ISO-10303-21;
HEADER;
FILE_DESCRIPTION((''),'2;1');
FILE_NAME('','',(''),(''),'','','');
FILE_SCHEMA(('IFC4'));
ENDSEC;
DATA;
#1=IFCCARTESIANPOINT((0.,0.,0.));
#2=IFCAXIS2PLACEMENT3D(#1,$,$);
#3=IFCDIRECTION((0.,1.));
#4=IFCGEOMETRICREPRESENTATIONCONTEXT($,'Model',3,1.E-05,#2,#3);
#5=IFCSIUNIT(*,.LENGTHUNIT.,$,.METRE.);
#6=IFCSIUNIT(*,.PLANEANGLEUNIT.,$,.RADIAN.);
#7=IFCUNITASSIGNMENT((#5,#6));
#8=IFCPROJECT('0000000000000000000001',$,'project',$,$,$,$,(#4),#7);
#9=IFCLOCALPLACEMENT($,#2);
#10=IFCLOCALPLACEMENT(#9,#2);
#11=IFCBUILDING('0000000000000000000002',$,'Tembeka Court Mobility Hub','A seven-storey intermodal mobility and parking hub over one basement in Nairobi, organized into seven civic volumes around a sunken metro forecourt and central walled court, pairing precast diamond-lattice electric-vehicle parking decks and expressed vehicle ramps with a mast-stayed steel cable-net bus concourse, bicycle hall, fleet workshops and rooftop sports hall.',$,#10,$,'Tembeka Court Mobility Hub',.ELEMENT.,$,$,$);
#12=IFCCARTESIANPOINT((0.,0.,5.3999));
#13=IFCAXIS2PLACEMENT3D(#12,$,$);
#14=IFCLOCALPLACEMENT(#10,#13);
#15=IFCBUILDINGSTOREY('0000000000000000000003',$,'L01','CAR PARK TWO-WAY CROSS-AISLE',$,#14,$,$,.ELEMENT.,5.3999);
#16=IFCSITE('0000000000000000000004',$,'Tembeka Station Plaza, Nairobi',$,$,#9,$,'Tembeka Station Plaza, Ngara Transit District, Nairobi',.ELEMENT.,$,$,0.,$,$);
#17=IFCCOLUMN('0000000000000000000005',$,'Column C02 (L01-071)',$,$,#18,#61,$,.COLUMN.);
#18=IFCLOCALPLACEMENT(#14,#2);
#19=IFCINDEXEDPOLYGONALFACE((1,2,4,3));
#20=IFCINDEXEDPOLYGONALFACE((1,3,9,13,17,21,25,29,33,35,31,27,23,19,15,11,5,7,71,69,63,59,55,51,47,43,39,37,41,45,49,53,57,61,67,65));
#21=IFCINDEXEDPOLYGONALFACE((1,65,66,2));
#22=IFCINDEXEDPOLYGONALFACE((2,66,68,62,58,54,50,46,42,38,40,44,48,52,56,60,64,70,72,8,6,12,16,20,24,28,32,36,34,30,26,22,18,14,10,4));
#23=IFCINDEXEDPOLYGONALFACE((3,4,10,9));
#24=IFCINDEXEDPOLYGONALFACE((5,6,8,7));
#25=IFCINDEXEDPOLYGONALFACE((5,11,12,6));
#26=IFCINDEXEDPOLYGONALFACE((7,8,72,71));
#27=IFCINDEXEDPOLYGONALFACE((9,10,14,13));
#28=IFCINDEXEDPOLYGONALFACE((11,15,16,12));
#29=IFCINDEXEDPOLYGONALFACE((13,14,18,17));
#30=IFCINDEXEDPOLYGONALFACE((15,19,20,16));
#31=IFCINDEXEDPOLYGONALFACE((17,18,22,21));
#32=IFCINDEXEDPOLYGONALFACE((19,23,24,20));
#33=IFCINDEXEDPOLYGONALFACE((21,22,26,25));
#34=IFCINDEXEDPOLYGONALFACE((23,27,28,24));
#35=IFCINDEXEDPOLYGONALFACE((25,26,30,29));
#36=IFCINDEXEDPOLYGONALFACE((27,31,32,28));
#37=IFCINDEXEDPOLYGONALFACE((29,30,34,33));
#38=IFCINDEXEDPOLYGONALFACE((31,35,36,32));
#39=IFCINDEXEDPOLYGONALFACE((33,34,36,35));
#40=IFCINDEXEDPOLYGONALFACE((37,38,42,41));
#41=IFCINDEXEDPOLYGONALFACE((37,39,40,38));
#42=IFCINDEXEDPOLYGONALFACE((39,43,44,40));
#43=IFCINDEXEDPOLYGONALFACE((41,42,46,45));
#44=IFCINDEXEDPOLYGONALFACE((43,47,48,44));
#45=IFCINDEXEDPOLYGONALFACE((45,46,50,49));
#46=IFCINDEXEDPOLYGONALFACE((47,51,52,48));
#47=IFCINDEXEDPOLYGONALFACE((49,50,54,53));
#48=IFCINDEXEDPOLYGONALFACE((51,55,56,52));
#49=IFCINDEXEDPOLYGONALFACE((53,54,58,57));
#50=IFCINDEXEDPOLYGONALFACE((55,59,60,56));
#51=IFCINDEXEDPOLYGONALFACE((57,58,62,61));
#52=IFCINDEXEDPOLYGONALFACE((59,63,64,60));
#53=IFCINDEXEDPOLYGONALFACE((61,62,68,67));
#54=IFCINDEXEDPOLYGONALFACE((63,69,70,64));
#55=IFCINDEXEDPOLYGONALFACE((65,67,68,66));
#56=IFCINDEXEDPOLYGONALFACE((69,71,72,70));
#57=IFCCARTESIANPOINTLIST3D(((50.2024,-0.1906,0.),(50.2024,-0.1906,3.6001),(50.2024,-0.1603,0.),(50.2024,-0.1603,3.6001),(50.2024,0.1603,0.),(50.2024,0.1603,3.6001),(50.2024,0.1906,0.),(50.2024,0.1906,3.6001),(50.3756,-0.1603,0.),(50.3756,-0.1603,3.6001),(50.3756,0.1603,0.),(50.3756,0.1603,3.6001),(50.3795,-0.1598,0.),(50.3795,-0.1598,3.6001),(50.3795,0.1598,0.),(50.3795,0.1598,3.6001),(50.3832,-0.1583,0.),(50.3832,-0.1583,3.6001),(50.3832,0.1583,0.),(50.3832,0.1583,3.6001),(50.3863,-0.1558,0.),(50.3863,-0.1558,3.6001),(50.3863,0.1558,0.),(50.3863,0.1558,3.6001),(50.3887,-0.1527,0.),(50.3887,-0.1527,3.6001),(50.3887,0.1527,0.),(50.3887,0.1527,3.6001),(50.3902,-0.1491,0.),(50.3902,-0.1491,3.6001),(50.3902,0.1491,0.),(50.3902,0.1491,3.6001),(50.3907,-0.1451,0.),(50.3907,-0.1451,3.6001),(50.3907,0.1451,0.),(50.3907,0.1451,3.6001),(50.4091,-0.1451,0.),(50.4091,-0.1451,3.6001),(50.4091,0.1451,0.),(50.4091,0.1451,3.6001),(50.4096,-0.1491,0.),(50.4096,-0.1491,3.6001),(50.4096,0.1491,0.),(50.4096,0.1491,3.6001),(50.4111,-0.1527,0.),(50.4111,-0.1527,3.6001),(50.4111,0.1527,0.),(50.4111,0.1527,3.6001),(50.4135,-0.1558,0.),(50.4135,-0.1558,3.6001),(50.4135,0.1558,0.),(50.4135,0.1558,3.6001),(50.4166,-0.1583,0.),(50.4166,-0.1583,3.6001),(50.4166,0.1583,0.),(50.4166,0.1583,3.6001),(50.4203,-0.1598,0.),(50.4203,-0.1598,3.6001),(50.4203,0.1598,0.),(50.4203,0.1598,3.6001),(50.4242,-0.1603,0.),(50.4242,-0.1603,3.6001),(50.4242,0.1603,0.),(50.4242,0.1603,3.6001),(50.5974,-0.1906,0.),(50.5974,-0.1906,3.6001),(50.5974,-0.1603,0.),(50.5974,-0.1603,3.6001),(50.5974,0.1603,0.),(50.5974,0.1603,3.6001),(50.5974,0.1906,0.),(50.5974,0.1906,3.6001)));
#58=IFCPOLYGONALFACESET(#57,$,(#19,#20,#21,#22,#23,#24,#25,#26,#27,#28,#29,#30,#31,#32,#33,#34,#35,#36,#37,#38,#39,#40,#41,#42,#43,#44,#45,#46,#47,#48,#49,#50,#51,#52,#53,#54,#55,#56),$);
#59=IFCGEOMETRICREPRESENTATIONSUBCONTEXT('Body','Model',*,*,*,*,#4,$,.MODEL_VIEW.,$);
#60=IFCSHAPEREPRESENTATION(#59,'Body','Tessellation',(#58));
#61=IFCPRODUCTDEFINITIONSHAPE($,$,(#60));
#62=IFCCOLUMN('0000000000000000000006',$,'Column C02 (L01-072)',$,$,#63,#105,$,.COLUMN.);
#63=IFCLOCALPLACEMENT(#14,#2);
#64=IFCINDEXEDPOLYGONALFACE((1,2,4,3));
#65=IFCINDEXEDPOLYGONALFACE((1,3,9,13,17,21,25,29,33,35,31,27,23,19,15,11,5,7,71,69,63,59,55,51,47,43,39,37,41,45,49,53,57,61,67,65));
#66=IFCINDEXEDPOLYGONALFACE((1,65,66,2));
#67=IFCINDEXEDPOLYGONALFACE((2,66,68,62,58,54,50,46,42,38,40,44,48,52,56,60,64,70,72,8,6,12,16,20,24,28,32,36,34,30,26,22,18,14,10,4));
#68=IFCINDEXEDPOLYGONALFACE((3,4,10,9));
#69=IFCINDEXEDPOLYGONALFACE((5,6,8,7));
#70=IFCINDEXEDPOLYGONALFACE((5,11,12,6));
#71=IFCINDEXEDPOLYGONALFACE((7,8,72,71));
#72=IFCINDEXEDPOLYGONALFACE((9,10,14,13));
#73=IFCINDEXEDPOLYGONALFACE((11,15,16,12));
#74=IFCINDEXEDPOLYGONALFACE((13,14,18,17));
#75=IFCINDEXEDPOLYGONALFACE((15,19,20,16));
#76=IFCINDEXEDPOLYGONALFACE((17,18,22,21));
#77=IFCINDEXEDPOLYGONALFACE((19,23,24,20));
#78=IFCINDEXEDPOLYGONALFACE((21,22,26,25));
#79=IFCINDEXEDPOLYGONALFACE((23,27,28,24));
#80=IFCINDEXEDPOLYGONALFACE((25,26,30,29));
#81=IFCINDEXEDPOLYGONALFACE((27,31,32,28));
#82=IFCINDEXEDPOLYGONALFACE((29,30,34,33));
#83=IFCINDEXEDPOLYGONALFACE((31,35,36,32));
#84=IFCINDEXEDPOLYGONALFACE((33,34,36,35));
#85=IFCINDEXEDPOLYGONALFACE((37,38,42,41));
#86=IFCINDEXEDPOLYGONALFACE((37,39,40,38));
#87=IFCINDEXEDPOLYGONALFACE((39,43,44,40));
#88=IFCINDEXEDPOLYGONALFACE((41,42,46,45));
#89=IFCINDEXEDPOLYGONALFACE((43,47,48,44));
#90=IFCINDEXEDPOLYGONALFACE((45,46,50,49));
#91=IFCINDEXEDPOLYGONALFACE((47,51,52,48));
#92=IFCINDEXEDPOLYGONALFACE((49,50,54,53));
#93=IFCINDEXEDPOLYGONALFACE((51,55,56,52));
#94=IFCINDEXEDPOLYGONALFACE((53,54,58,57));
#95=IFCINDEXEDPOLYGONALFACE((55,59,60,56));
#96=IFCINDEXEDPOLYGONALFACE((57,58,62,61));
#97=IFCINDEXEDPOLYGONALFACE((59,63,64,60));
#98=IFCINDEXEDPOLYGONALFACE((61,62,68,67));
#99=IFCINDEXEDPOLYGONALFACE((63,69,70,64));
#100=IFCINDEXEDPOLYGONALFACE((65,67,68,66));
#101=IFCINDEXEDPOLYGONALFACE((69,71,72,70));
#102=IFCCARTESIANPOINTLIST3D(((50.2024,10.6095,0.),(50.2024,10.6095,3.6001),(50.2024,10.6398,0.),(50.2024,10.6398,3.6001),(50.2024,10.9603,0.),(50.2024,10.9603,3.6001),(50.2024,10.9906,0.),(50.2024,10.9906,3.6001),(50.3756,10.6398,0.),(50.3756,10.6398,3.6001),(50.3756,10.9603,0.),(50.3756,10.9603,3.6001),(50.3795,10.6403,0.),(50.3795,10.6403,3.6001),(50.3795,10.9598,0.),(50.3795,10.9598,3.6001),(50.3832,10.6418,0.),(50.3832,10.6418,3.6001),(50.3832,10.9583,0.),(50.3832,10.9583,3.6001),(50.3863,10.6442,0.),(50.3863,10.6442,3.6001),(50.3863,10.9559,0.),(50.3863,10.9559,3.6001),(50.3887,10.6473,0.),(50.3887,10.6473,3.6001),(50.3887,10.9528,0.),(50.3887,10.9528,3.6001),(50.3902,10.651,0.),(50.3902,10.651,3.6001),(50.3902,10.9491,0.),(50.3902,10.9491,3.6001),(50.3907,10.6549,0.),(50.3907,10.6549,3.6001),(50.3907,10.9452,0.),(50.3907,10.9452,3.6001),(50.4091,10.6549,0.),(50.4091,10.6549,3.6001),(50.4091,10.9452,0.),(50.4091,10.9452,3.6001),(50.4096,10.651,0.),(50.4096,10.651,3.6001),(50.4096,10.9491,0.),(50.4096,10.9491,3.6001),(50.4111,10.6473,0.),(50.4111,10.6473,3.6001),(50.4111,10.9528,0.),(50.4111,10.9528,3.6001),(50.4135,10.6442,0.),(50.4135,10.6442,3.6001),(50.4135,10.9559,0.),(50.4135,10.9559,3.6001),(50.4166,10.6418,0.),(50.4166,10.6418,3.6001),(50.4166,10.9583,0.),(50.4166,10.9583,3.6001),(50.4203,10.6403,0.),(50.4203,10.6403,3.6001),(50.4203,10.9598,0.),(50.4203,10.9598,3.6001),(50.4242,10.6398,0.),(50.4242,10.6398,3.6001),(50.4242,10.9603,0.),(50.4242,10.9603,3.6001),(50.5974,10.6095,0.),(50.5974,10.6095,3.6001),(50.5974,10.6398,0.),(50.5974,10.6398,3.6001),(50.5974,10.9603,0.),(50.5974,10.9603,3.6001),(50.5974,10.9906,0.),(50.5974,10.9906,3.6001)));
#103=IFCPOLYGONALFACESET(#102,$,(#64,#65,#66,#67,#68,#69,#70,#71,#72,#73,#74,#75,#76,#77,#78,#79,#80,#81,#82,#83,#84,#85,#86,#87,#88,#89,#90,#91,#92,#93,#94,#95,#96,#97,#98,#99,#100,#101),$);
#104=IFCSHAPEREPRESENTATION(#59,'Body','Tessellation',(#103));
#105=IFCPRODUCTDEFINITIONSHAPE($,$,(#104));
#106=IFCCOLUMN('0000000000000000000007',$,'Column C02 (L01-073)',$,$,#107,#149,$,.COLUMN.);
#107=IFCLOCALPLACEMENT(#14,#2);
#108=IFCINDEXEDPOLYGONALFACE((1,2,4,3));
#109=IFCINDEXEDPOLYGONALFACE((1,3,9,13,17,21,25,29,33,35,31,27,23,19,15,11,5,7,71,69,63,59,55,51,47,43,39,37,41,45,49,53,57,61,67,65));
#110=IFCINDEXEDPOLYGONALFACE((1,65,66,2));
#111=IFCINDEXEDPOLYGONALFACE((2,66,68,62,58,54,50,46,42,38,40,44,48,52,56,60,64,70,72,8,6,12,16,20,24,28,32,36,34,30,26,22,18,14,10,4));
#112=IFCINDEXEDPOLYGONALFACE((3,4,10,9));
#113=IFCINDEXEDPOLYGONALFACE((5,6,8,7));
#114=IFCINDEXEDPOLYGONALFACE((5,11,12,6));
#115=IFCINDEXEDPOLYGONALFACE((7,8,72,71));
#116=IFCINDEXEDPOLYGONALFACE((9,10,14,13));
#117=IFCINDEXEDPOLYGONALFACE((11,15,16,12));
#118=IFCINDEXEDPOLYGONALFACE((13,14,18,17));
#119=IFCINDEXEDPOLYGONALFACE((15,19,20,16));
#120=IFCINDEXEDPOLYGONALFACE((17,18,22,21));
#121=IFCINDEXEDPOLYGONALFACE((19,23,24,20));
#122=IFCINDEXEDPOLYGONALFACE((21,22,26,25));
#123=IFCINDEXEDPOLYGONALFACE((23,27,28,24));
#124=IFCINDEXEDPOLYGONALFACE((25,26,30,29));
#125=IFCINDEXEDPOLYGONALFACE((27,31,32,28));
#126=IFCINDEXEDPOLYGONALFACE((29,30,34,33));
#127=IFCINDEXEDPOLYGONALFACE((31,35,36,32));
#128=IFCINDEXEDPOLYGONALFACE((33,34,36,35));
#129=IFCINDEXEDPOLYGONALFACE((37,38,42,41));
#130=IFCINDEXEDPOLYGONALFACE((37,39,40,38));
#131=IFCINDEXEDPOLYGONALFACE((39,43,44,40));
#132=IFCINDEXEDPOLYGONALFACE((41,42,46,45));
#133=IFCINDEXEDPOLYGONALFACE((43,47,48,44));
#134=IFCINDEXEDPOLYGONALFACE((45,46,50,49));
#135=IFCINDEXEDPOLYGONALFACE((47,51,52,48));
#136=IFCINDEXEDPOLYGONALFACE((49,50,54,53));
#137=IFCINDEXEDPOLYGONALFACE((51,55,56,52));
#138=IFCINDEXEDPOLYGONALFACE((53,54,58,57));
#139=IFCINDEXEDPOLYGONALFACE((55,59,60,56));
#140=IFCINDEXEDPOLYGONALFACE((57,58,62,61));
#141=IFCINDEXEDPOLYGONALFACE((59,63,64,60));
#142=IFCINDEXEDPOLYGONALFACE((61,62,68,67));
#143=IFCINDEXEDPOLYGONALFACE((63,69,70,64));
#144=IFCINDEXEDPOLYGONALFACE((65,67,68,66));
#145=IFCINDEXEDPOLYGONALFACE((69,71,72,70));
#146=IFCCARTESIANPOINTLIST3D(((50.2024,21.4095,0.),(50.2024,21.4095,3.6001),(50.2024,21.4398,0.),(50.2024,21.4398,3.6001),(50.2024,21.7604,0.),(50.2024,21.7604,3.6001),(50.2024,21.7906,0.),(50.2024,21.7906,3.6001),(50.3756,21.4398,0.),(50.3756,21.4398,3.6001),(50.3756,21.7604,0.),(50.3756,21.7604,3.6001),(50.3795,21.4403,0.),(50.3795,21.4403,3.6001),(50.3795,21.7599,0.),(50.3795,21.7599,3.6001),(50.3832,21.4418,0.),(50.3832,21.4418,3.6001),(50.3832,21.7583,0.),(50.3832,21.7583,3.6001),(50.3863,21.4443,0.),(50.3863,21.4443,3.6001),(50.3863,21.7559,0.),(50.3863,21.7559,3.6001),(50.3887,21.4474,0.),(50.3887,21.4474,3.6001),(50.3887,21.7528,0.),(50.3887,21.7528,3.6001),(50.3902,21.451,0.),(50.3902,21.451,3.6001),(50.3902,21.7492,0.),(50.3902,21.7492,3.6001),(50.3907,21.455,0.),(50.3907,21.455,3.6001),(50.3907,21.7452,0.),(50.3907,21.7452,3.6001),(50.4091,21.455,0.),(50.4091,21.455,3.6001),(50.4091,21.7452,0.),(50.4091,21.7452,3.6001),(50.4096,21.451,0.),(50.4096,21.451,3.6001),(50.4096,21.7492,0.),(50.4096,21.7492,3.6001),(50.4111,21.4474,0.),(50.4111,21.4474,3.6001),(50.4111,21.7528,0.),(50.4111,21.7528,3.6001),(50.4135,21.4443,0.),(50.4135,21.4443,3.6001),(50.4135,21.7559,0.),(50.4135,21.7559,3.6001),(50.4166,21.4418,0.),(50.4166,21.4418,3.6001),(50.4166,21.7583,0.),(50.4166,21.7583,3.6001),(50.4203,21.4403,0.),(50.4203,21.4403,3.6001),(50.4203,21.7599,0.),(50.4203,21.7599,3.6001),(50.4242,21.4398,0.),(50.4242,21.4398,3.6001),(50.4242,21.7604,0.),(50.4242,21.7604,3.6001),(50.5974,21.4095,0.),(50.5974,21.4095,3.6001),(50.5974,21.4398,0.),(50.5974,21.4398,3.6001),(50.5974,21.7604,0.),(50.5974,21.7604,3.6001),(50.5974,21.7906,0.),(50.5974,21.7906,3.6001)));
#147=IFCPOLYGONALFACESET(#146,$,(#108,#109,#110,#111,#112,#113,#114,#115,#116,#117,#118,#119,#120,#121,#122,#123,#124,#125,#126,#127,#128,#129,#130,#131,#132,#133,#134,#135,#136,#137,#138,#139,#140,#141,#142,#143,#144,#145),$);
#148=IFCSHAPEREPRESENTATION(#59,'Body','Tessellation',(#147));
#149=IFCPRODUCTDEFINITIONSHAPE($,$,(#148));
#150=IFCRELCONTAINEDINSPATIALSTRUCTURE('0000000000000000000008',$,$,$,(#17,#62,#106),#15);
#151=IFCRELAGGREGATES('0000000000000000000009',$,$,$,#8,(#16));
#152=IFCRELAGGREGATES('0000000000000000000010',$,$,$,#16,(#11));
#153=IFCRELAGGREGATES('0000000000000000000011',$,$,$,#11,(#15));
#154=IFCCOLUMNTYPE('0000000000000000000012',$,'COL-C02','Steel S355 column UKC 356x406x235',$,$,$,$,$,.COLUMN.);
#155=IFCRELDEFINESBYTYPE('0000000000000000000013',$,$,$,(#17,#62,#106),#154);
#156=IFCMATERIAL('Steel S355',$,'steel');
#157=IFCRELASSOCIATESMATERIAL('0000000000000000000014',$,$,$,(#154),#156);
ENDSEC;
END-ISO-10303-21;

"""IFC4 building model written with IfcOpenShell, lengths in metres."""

from ifc_helpers import new_model, si_unit, direction, frame, origin, origin_2d, place, context, subcontext, project, spatial, i_section, extrude, material, material_profile, profile_set, type_object, element, save


model = new_model("IFC4")

# Units and contexts
model_context = context("Model", 3, precision=1e-05, world=origin(), true_north=direction((0.0, 1.0)))
body_context = subcontext(model_context, "Body", "Model", "MODEL_VIEW")
ifc_project = project(units=[si_unit("LENGTHUNIT", "METRE"), si_unit("PLANEANGLEUNIT", "RADIAN")], contexts=[model_context])

# Site, building, storey
site_placement = place(None, origin())
site = spatial("IfcSite", under=ifc_project, at=site_placement, Name="Tembeka Station Plaza, Nairobi", LongName="Tembeka Station Plaza, Ngara Transit District, Nairobi", CompositionType="ELEMENT", RefElevation=0.0)
building_placement = place(site_placement, origin())
building = spatial("IfcBuilding", under=site, at=building_placement, Name="Tembeka Court Mobility Hub", Description="A seven-storey intermodal mobility and parking hub over one basement in Nairobi, organized into seven civic volumes around a sunken metro forecourt and central walled court, pairing precast diamond-lattice electric-vehicle parking decks and expressed vehicle ramps with a mast-stayed steel cable-net bus concourse, bicycle hall, fleet workshops and rooftop sports hall.", LongName="Tembeka Court Mobility Hub", CompositionType="ELEMENT")
storey_placement = place(building_placement, frame((0.0, 0.0, 5.3999)))
storey = spatial("IfcBuildingStorey", under=building, at=storey_placement, Name="L01", Description="CAR PARK TWO-WAY CROSS-AISLE", CompositionType="ELEMENT", Elevation=5.3999)

# Columns
ifc_material_1 = material(Name="Steel S355", Category="steel")
ifc_material_profile_1 = material_profile(ifc_material_1, i_section(OverallWidth=0.395, OverallDepth=0.3811, WebThickness=0.0183, FlangeThickness=0.0303, FilletRadius=0.0151, at=origin_2d()), Name="UKC 356x406x235")
ifc_profile_set_1 = profile_set([ifc_material_profile_1], Name="Steel S355")
column_type_1 = type_object("IfcColumnType", Name="COL-C02", Description="Steel S355 column UKC 356x406x235", PredefinedType="COLUMN", material=ifc_profile_set_1)
for number, where, z_axis, x_axis, name in (
    (1, (50.3999, 0.0, 0.0), (0.0, 0.0, 1.0), (1.0, 0.0, 0.0), "Column C02 (L01-071)"),
    (2, (50.3999, 10.8, 0.0), (0.0, 0.0, 1.0), (1.0, 0.0, 0.0), "Column C02 (L01-072)"),
    (3, (50.3999, 21.6001, 0.0), (0.0, 0.0, 1.0), (1.0, 0.0, 0.0), "Column C02 (L01-073)"),
):
    element("IfcColumn", number, at=place(storey_placement, frame(where, z_axis=z_axis, x_axis=x_axis)), inside=storey, type_object=column_type_1, Name=name, PredefinedType="COLUMN", context=body_context, shape_type="SweptSolid", body=[
        extrude(i_section(OverallWidth=0.395, OverallDepth=0.3811, WebThickness=0.0183, FlangeThickness=0.0303, FilletRadius=0.0151, at=origin_2d()), origin(), (0.0, 0.0, 1.0), 3.6001),
    ])

save(model, "model.ifc")
